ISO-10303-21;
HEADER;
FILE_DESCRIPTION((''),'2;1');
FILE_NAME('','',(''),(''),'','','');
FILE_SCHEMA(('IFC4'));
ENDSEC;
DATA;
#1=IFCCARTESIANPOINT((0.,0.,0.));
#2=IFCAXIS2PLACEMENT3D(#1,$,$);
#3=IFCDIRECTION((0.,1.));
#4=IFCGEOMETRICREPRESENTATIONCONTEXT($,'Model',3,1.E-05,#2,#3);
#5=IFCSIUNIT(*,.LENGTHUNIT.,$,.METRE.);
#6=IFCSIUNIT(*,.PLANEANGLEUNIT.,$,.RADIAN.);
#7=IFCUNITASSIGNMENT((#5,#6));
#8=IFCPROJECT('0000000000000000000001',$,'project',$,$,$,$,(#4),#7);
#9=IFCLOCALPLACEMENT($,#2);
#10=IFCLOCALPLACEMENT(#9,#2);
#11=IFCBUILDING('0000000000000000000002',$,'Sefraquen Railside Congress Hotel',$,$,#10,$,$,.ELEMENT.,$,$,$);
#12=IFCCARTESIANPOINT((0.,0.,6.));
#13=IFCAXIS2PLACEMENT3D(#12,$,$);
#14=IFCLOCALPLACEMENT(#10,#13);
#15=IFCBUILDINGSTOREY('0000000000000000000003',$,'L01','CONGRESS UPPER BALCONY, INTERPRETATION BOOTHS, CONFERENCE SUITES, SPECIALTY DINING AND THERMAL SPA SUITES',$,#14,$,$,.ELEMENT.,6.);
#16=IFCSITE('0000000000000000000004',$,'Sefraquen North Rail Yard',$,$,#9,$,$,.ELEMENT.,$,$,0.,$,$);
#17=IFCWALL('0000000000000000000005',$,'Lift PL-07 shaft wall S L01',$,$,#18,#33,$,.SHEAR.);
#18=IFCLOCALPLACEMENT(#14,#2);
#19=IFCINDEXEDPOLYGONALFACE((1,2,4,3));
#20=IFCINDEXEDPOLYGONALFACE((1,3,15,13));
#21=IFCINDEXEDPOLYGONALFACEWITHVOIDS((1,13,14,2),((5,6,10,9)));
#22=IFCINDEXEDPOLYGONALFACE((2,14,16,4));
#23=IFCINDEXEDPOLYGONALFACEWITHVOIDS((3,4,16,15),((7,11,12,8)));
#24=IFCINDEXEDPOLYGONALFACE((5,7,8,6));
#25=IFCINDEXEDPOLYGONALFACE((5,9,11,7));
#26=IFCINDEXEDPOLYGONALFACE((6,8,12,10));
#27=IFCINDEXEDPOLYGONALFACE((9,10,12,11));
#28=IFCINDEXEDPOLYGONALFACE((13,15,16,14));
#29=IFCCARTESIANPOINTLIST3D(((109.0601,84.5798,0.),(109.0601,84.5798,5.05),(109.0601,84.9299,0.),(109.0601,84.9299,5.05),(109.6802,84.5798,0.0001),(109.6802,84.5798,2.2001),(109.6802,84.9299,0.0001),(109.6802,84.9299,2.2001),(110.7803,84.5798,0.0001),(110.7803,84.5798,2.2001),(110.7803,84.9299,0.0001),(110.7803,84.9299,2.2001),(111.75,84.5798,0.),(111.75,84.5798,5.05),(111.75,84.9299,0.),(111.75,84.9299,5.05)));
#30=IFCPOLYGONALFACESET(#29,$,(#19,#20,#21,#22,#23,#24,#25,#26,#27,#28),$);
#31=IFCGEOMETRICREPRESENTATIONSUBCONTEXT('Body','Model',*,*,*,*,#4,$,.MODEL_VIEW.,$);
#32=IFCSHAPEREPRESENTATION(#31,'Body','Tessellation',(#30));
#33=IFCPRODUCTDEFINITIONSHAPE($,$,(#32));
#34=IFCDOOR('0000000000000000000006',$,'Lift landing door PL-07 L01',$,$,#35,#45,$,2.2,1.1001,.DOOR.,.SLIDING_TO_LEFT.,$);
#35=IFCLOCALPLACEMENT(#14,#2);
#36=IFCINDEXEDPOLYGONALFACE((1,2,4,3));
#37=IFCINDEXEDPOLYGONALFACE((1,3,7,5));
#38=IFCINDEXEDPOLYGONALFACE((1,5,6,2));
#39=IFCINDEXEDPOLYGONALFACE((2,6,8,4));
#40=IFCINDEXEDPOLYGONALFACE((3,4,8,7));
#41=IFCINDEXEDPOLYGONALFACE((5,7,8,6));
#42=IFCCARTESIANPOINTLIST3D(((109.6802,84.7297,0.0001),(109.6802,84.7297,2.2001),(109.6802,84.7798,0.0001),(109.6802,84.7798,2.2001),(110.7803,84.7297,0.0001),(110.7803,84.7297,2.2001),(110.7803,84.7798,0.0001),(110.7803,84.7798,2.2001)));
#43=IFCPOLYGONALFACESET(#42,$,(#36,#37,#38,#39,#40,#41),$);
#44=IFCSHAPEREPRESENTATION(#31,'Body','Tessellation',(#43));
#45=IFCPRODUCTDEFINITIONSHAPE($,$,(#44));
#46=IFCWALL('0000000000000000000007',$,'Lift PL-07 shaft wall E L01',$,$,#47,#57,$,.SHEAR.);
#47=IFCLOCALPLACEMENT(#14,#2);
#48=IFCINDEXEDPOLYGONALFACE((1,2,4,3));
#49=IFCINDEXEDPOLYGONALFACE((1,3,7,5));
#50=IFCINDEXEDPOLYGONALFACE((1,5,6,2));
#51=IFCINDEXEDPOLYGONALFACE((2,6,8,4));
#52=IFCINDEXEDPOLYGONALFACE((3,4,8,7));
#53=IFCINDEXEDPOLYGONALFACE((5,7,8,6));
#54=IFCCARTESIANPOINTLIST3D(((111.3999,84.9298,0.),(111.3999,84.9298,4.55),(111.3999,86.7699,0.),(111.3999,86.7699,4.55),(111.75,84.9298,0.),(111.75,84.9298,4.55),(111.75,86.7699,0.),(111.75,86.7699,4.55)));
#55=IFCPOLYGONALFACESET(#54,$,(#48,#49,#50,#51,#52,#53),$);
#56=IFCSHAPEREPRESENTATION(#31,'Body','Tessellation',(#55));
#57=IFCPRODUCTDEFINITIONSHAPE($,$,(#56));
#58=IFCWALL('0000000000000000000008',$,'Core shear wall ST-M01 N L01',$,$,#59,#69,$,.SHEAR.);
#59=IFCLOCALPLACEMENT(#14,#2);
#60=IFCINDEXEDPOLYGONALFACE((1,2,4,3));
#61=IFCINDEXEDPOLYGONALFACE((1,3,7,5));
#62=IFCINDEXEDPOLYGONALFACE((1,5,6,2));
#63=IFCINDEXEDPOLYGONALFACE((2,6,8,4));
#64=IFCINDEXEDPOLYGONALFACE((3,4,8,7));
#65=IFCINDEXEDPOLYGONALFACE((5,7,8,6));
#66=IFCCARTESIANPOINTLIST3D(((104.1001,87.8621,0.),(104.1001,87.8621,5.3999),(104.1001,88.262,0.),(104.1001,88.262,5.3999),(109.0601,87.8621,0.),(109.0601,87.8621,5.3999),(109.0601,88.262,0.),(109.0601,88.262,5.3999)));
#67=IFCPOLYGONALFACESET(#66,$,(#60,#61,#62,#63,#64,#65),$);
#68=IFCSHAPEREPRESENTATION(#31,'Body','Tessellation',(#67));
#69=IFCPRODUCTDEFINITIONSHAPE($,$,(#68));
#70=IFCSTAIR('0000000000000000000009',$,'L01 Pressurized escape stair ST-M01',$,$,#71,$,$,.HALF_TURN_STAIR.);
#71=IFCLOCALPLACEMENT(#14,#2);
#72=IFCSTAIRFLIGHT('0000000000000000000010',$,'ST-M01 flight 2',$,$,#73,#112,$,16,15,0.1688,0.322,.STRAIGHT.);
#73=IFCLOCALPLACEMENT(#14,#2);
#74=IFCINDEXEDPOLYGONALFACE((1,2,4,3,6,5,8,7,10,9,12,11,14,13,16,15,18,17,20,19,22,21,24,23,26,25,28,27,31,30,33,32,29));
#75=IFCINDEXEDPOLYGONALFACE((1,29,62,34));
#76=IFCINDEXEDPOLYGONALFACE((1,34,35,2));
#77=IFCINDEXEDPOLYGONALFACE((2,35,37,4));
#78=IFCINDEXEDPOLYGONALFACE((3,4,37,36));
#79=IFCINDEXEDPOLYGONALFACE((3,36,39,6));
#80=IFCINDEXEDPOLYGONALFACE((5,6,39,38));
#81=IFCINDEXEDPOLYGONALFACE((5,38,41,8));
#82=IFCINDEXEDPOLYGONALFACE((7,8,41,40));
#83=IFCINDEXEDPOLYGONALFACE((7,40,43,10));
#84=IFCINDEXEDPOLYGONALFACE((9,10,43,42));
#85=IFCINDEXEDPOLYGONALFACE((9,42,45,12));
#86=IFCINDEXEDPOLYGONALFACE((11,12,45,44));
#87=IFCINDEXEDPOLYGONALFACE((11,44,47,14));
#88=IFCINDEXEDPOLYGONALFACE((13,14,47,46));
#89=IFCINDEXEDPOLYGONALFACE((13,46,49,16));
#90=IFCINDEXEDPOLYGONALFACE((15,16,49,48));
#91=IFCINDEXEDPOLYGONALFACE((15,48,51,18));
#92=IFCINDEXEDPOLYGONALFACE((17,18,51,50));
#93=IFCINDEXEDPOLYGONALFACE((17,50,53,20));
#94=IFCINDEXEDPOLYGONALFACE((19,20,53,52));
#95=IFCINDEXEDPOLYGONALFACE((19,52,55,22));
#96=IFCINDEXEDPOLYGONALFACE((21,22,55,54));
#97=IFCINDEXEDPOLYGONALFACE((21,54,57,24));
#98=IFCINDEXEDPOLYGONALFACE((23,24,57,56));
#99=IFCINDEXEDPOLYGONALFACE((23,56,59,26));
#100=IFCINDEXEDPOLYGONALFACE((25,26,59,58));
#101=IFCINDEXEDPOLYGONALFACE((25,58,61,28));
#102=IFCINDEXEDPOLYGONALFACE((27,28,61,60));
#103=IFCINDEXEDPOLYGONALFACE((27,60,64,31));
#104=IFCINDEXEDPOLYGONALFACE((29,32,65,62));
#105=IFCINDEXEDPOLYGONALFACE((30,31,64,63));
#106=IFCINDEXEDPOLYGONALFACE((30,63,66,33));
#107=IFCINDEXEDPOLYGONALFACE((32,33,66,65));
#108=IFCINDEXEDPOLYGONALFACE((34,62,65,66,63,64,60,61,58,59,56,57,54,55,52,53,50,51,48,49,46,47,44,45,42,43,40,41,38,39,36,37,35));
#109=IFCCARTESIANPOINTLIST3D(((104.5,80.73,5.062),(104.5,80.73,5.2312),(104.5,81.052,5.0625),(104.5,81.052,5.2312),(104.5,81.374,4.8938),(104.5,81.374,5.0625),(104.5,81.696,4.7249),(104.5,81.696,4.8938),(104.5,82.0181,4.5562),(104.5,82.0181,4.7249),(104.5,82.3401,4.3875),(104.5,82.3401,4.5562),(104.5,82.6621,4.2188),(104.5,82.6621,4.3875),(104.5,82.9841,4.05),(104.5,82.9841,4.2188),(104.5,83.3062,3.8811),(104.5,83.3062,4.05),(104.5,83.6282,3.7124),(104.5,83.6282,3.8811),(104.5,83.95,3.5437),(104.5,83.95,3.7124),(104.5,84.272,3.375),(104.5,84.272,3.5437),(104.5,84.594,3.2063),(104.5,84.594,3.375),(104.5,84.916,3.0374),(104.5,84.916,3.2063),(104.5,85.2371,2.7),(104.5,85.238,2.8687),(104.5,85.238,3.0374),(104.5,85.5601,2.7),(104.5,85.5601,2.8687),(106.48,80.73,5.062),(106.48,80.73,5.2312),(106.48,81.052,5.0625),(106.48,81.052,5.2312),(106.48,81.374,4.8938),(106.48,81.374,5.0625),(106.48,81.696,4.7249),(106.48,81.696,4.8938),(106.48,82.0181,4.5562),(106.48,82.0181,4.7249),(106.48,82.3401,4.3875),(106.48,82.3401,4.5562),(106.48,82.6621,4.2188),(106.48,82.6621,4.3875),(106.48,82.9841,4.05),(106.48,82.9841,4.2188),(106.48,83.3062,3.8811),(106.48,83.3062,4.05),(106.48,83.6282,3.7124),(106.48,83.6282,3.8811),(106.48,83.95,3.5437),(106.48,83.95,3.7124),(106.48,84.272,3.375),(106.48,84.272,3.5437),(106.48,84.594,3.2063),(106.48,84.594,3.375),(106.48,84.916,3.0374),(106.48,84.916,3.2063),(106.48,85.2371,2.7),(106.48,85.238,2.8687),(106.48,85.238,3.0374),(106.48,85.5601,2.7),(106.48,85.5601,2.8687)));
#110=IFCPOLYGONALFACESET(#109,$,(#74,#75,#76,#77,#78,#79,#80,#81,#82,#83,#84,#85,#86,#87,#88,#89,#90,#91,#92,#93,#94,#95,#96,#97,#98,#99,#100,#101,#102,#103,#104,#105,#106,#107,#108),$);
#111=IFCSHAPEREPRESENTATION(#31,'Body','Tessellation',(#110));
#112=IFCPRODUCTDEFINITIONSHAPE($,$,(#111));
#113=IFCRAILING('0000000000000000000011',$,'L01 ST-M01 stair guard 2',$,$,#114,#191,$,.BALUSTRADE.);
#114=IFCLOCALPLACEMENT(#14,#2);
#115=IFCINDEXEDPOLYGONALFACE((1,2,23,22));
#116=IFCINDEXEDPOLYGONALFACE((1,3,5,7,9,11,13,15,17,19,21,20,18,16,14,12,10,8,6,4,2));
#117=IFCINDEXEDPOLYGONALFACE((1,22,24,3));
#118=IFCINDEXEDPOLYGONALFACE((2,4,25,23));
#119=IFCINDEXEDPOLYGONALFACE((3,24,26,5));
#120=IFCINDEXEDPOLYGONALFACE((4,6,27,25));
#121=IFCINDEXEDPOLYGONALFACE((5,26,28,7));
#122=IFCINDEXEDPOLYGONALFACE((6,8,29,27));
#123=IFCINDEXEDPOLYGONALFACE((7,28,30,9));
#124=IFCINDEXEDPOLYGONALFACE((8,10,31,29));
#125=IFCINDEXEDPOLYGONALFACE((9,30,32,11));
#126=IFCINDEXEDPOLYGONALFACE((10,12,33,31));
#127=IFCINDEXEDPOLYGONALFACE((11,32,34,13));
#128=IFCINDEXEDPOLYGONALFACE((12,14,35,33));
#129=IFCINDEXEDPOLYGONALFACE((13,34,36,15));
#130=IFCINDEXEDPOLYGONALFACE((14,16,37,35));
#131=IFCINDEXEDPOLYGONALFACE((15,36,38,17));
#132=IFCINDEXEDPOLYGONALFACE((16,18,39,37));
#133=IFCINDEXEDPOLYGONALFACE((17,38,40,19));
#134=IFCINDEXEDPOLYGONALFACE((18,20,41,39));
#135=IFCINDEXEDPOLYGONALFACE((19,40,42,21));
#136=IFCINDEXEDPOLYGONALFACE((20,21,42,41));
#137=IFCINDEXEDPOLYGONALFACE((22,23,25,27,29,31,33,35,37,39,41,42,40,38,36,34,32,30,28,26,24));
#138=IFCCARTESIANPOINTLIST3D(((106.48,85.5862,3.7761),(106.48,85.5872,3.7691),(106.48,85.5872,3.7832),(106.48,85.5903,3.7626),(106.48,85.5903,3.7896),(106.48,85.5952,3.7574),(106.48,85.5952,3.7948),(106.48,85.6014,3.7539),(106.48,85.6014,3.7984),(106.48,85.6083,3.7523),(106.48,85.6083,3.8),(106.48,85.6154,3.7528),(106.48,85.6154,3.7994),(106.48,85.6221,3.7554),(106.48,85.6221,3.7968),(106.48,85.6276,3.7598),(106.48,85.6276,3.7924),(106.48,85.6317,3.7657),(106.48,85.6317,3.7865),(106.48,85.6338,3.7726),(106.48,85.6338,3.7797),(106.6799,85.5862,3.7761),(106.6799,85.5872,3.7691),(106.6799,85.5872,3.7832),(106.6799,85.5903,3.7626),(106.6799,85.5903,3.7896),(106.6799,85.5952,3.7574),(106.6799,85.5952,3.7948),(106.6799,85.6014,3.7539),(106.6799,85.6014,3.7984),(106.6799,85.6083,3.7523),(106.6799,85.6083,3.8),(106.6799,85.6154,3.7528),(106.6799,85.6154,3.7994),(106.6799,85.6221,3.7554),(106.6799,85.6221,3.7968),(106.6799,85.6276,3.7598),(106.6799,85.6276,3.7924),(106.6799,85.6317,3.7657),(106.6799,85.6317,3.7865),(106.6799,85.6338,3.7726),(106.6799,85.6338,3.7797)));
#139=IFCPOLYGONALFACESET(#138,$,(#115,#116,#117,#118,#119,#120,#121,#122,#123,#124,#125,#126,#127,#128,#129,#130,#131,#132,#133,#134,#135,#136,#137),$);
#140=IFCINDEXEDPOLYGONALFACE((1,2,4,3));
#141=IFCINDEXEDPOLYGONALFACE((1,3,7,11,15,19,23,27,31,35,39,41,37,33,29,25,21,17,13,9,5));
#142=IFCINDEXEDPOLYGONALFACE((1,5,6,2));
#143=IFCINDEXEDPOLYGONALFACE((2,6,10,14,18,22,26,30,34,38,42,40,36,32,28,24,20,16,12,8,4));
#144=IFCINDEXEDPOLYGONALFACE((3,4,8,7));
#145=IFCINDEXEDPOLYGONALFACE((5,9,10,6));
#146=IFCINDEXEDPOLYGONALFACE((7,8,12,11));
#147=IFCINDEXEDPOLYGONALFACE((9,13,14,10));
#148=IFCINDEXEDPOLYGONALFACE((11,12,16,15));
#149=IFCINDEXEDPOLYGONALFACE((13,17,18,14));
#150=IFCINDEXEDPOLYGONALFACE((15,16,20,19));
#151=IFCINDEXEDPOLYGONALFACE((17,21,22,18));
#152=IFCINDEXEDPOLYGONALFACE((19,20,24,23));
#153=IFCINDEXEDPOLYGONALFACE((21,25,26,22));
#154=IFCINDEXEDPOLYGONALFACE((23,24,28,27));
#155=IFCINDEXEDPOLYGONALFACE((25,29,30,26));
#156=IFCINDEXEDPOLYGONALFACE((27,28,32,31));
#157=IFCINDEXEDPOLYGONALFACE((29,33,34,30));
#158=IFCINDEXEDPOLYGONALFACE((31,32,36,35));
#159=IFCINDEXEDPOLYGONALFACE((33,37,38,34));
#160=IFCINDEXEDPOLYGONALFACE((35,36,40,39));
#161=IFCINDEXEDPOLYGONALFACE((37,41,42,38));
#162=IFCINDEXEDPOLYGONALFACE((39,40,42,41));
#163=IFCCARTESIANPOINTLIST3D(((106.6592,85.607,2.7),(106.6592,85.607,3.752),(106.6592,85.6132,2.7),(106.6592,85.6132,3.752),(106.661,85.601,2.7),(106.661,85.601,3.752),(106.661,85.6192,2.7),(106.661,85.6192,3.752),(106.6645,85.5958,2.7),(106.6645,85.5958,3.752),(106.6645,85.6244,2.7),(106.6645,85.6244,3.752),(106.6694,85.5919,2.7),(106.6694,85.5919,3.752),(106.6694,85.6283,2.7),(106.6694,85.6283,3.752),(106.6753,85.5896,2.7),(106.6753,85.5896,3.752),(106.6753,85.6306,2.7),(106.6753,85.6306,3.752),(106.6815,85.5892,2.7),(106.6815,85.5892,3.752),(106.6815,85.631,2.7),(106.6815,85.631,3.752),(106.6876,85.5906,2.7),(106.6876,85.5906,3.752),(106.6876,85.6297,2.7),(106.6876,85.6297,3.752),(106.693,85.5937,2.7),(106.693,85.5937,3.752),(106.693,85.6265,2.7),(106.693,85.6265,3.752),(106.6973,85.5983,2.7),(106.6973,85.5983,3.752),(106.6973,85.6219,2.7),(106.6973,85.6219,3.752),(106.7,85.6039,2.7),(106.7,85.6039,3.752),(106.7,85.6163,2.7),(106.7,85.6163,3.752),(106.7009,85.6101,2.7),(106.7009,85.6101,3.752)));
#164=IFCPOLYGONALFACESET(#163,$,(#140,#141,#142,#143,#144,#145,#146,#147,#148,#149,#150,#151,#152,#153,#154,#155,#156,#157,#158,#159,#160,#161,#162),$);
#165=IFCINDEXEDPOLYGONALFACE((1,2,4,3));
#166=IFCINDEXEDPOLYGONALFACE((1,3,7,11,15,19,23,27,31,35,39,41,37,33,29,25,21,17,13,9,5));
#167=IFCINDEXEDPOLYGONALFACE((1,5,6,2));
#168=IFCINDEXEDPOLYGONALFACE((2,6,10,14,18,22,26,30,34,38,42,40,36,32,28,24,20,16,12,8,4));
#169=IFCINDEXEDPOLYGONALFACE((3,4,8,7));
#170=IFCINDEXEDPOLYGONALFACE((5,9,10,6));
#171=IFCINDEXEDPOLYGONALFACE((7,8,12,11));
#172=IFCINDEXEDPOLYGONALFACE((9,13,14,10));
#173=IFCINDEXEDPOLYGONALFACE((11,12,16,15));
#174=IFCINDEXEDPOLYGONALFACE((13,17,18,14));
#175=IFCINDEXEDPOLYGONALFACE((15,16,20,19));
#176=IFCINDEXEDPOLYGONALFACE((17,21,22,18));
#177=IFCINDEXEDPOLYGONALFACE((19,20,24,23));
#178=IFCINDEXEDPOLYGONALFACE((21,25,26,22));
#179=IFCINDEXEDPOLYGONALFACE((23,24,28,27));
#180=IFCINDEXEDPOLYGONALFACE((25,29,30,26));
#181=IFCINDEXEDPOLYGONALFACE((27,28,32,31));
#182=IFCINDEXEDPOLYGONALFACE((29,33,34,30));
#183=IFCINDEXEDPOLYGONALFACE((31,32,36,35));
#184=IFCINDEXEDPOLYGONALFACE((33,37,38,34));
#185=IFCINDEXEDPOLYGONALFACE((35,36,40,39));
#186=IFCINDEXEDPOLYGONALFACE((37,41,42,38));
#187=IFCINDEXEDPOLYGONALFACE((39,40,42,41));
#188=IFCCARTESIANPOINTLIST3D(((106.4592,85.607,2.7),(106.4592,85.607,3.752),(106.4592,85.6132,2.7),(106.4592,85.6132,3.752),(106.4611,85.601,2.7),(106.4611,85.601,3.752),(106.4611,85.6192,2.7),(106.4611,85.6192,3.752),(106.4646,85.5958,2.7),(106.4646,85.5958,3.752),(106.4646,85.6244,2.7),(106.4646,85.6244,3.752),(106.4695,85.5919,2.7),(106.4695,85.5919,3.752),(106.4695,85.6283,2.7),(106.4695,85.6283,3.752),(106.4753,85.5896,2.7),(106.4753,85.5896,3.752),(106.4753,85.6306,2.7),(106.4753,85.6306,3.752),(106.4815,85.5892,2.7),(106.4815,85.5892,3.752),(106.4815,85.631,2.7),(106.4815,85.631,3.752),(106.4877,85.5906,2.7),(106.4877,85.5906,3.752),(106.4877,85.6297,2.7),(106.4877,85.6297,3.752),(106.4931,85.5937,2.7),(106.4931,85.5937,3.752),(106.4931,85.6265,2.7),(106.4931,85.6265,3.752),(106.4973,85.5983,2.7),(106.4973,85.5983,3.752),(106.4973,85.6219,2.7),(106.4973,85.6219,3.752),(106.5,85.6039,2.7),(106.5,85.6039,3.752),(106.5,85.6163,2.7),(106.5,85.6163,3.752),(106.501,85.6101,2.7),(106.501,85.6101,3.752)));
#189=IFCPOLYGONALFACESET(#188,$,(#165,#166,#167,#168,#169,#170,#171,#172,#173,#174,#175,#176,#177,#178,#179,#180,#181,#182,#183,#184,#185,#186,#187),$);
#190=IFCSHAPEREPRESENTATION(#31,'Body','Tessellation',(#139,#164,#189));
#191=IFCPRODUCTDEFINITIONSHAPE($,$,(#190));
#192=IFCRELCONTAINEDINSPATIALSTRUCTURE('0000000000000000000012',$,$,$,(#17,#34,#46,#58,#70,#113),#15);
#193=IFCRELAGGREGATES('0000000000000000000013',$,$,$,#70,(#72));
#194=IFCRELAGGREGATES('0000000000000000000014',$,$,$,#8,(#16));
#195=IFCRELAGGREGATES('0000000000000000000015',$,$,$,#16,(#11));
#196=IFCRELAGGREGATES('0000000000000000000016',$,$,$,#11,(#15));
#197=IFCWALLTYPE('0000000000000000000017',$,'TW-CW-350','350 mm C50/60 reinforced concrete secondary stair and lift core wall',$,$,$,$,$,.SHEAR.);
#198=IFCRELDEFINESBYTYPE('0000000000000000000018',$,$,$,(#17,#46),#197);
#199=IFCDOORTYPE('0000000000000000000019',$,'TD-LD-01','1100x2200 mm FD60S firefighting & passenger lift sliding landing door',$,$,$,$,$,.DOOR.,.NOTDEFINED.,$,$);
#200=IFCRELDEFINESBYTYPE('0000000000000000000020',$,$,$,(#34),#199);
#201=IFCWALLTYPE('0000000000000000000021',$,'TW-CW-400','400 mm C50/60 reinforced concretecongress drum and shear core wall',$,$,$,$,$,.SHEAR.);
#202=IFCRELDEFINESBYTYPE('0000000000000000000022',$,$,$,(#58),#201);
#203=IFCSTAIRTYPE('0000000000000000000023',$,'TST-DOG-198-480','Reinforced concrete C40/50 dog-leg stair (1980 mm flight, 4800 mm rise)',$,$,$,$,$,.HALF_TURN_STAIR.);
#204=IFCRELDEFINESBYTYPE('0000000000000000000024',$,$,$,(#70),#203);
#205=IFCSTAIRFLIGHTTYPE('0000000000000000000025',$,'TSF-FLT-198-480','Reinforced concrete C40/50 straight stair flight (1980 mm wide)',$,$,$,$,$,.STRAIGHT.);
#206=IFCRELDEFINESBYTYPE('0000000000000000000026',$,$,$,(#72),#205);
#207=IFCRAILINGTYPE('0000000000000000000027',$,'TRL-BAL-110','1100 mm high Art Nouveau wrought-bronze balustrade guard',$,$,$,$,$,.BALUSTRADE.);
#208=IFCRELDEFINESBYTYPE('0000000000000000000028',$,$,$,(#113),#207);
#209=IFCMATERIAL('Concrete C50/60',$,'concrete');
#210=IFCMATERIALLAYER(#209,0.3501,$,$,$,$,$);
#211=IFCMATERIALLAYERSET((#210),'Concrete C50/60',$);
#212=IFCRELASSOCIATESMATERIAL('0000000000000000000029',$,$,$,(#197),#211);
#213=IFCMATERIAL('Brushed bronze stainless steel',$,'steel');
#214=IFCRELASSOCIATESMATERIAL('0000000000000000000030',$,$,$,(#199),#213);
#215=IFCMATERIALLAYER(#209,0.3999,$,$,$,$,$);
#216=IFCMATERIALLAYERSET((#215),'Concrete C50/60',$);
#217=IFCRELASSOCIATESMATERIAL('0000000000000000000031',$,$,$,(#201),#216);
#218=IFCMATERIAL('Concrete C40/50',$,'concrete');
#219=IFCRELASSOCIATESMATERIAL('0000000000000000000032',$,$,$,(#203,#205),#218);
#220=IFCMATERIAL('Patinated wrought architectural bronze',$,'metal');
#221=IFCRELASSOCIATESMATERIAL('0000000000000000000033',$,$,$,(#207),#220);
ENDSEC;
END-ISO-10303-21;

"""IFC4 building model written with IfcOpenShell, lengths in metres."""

from ifc_helpers import new_model, si_unit, direction, frame, frame_2d, origin, origin_2d, place, context, subcontext, project, spatial, polyline, rectangle, circle, outline, extrude, material, layer, layer_set, type_object, element, fill, aggregate, save


model = new_model("IFC4")

# Units and contexts
model_context = context("Model", 3, precision=1e-05, world=origin(), true_north=direction((0.0, 1.0)))
body_context = subcontext(model_context, "Body", "Model", "MODEL_VIEW")
ifc_project = project(units=[si_unit("LENGTHUNIT", "METRE"), si_unit("PLANEANGLEUNIT", "RADIAN")], contexts=[model_context])

# Site, building, storey
site_placement = place(None, origin())
site = spatial("IfcSite", under=ifc_project, at=site_placement, Name="Sefraquen North Rail Yard", CompositionType="ELEMENT", RefElevation=0.0)
building_placement = place(site_placement, origin())
building = spatial("IfcBuilding", under=site, at=building_placement, Name="Sefraquen Railside Congress Hotel", CompositionType="ELEMENT")
storey_placement = place(building_placement, frame((0.0, 0.0, 6.0)))
storey = spatial("IfcBuildingStorey", under=building, at=storey_placement, Name="L01", Description="CONGRESS UPPER BALCONY, INTERPRETATION BOOTHS, CONFERENCE SUITES, SPECIALTY DINING AND THERMAL SPA SUITES", CompositionType="ELEMENT", Elevation=6.0)

# Shared definitions
ifc_material_1 = material(Name="Concrete C50/60", Category="concrete")
ifc_layer_1 = layer(ifc_material_1, 0.3501)
ifc_layer_set_1 = layer_set([ifc_layer_1], Name="Concrete C50/60")
wall_type_1 = type_object("IfcWallType", Name="TW-CW-350", Description="350 mm C50/60 reinforced concrete secondary stair and lift core wall", PredefinedType="SHEAR", material=ifc_layer_set_1)

# Wall, opening, door
wall_1_placement = place(storey_placement, frame((109.0601, 84.7549, 0.0), z_axis=(0.0, 0.0, 1.0), x_axis=(1.0, 0.0, 0.0)))
wall_1 = element("IfcWall", 1, at=wall_1_placement, inside=storey, type_object=wall_type_1, Name="Lift PL-07 shaft wall S L01", PredefinedType="SHEAR", context=body_context, shape_type="SweptSolid", body=[
    extrude(rectangle(XDim=2.6899, YDim=0.3501, at=frame_2d((1.345, 0.0))), origin(), (0.0, 0.0, 1.0), 5.05),
])
opening_placement = place(wall_1_placement, frame((0.6201, 0.0, 0.0)))
opening = element("IfcOpeningElement", 2, at=opening_placement, cuts=wall_1, PredefinedType="OPENING", context=body_context, shape_type="SweptSolid", body=[
    extrude(rectangle(XDim=1.1001, YDim=2.2, at=frame_2d((0.55, 1.1001))), frame((0.0, 0.1851, 0.0), z_axis=(0.0, -1.0, 0.0), x_axis=(1.0, 0.0, 0.0)), (0.0, 0.0, 1.0), 0.3701),
])
ifc_material_2 = material(Name="Brushed bronze stainless steel", Category="steel")
door_type = type_object("IfcDoorType", Name="TD-LD-01", Description="1100x2200 mm FD60S firefighting & passenger lift sliding landing door", OperationType="NOTDEFINED", PredefinedType="DOOR", material=ifc_material_2)
door_placement = place(opening_placement, origin())
door = element("IfcDoor", 3, at=door_placement, inside=storey, type_object=door_type, Name="Lift landing door PL-07 L01", OperationType="SLIDING_TO_LEFT", OverallHeight=2.2, OverallWidth=1.1001, PredefinedType="DOOR", context=body_context, shape_type="SweptSolid", body=[
    extrude(rectangle(XDim=1.1001, YDim=2.2, at=frame_2d((0.55, 1.1001))), frame((0.0, 0.0249, 0.0), z_axis=(0.0, -1.0, 0.0), x_axis=(1.0, 0.0, 0.0)), (0.0, 0.0, 1.0), 0.05),
])
fill(opening, door)

# Walls
wall_2_placement = place(storey_placement, frame((111.575, 84.9299, 0.0), z_axis=(0.0, 0.0, 1.0), x_axis=(0.0, 1.0, 0.0)))
element("IfcWall", 4, at=wall_2_placement, inside=storey, type_object=wall_type_1, Name="Lift PL-07 shaft wall E L01", PredefinedType="SHEAR", context=body_context, shape_type="SweptSolid", body=[
    extrude(rectangle(XDim=1.8401, YDim=0.3501, at=frame_2d((0.9199, 0.0))), origin(), (0.0, 0.0, 1.0), 4.55),
])
ifc_layer_2 = layer(ifc_material_1, 0.3999)
ifc_layer_set_2 = layer_set([ifc_layer_2], Name="Concrete C50/60")
wall_type_2 = type_object("IfcWallType", Name="TW-CW-400", Description="400 mm C50/60 reinforced concretecongress drum and shear core wall", PredefinedType="SHEAR", material=ifc_layer_set_2)
wall_3_placement = place(storey_placement, frame((104.1001, 88.062, 0.0), z_axis=(0.0, 0.0, 1.0), x_axis=(1.0, 0.0, 0.0)))
element("IfcWall", 5, at=wall_3_placement, inside=storey, type_object=wall_type_2, Name="Core shear wall ST-M01 N L01", PredefinedType="SHEAR", context=body_context, shape_type="SweptSolid", body=[
    extrude(rectangle(XDim=4.96, YDim=0.3999, at=frame_2d((2.48, 0.0))), origin(), (0.0, 0.0, 1.0), 5.3999),
])

# Stair, stair flight
ifc_material_3 = material(Name="Concrete C40/50", Category="concrete")
stair_type = type_object("IfcStairType", Name="TST-DOG-198-480", Description="Reinforced concrete C40/50 dog-leg stair (1980 mm flight, 4800 mm rise)", PredefinedType="HALF_TURN_STAIR", material=ifc_material_3)
stair_placement = place(storey_placement, origin())
stair = element("IfcStair", 6, at=stair_placement, inside=storey, type_object=stair_type, Name="L01 Pressurized escape stair ST-M01", PredefinedType="HALF_TURN_STAIR")
stair_flight_type = type_object("IfcStairFlightType", Name="TSF-FLT-198-480", Description="Reinforced concrete C40/50 straight stair flight (1980 mm wide)", PredefinedType="STRAIGHT", material=ifc_material_3)
stair_flight_placement = place(storey_placement, frame((105.49, 85.5601, 2.7), z_axis=(0.0, 0.0, 1.0), x_axis=(0.0, -1.0, 0.0)))
stair_flight = element("IfcStairFlight", 7, at=stair_flight_placement, type_object=stair_flight_type, Name="ST-M01 flight 2", NumberOfRisers=16, NumberOfTreads=15, PredefinedType="STRAIGHT", RiserHeight=0.1688, TreadLength=0.322, context=body_context, shape_type="SweptSolid", body=[
    extrude(outline(polyline([(0.0, 0.0), (0.0, 0.1687), (0.322, 0.1687), (0.322, 0.3374), (0.644, 0.3374), (0.644, 0.5063), (0.9661, 0.5063), (0.9661, 0.675), (1.2881, 0.675), (1.2881, 0.8438), (1.6101, 0.8438), (1.6101, 1.0125), (1.9319, 1.0125), (1.9319, 1.1812), (2.2539, 1.1812), (2.2539, 1.3501), (2.5759, 1.3501), (2.5759, 1.5188), (2.8979, 1.5188), (2.8979, 1.6875), (3.22, 1.6875), (3.22, 1.8562), (3.542, 1.8562), (3.542, 2.0249), (3.864, 2.0249), (3.864, 2.1938), (4.186, 2.1938), (4.186, 2.3625), (4.5081, 2.3625), (4.5081, 2.5312), (4.8301, 2.5312), (4.8301, 2.7), (4.8301, 2.3621), (0.323, 0.0), (0.0, 0.0)])), frame((0.0, 0.99, 0.0), z_axis=(0.0, -1.0, 0.0), x_axis=(1.0, 0.0, 0.0)), (0.0, 0.0, 1.0), 1.98),
])
aggregate(stair, [stair_flight])

# Railing
ifc_material_4 = material(Name="Patinated wrought architectural bronze", Category="metal")
railing_type_1 = type_object("IfcRailingType", Name="TRL-BAL-110", Description="1100 mm high Art Nouveau wrought-bronze balustrade guard", PredefinedType="BALUSTRADE", material=ifc_material_4)
railing_1_placement = place(storey_placement, frame((106.6799, 85.6101, 2.7)))
element("IfcRailing", 8, at=railing_1_placement, inside=storey, type_object=railing_type_1, Name="L01 ST-M01 stair guard 2", PredefinedType="BALUSTRADE", context=body_context, shape_type="SweptSolid", body=[
    extrude(circle(Radius=0.0239, at=origin_2d()), frame((0.0, 0.0, 1.0762), z_axis=(-1.0, 0.0, 0.0), x_axis=(0.0, -1.0, 0.0)), (0.0, 0.0, 1.0), 0.2),
    extrude(circle(Radius=0.021, at=origin_2d()), origin(), (0.0, 0.0, 1.0), 1.052),
    extrude(circle(Radius=0.021, at=origin_2d()), frame((-0.2, 0.0, 0.0)), (0.0, 0.0, 1.0), 1.052),
])

save(model, "model.ifc")
